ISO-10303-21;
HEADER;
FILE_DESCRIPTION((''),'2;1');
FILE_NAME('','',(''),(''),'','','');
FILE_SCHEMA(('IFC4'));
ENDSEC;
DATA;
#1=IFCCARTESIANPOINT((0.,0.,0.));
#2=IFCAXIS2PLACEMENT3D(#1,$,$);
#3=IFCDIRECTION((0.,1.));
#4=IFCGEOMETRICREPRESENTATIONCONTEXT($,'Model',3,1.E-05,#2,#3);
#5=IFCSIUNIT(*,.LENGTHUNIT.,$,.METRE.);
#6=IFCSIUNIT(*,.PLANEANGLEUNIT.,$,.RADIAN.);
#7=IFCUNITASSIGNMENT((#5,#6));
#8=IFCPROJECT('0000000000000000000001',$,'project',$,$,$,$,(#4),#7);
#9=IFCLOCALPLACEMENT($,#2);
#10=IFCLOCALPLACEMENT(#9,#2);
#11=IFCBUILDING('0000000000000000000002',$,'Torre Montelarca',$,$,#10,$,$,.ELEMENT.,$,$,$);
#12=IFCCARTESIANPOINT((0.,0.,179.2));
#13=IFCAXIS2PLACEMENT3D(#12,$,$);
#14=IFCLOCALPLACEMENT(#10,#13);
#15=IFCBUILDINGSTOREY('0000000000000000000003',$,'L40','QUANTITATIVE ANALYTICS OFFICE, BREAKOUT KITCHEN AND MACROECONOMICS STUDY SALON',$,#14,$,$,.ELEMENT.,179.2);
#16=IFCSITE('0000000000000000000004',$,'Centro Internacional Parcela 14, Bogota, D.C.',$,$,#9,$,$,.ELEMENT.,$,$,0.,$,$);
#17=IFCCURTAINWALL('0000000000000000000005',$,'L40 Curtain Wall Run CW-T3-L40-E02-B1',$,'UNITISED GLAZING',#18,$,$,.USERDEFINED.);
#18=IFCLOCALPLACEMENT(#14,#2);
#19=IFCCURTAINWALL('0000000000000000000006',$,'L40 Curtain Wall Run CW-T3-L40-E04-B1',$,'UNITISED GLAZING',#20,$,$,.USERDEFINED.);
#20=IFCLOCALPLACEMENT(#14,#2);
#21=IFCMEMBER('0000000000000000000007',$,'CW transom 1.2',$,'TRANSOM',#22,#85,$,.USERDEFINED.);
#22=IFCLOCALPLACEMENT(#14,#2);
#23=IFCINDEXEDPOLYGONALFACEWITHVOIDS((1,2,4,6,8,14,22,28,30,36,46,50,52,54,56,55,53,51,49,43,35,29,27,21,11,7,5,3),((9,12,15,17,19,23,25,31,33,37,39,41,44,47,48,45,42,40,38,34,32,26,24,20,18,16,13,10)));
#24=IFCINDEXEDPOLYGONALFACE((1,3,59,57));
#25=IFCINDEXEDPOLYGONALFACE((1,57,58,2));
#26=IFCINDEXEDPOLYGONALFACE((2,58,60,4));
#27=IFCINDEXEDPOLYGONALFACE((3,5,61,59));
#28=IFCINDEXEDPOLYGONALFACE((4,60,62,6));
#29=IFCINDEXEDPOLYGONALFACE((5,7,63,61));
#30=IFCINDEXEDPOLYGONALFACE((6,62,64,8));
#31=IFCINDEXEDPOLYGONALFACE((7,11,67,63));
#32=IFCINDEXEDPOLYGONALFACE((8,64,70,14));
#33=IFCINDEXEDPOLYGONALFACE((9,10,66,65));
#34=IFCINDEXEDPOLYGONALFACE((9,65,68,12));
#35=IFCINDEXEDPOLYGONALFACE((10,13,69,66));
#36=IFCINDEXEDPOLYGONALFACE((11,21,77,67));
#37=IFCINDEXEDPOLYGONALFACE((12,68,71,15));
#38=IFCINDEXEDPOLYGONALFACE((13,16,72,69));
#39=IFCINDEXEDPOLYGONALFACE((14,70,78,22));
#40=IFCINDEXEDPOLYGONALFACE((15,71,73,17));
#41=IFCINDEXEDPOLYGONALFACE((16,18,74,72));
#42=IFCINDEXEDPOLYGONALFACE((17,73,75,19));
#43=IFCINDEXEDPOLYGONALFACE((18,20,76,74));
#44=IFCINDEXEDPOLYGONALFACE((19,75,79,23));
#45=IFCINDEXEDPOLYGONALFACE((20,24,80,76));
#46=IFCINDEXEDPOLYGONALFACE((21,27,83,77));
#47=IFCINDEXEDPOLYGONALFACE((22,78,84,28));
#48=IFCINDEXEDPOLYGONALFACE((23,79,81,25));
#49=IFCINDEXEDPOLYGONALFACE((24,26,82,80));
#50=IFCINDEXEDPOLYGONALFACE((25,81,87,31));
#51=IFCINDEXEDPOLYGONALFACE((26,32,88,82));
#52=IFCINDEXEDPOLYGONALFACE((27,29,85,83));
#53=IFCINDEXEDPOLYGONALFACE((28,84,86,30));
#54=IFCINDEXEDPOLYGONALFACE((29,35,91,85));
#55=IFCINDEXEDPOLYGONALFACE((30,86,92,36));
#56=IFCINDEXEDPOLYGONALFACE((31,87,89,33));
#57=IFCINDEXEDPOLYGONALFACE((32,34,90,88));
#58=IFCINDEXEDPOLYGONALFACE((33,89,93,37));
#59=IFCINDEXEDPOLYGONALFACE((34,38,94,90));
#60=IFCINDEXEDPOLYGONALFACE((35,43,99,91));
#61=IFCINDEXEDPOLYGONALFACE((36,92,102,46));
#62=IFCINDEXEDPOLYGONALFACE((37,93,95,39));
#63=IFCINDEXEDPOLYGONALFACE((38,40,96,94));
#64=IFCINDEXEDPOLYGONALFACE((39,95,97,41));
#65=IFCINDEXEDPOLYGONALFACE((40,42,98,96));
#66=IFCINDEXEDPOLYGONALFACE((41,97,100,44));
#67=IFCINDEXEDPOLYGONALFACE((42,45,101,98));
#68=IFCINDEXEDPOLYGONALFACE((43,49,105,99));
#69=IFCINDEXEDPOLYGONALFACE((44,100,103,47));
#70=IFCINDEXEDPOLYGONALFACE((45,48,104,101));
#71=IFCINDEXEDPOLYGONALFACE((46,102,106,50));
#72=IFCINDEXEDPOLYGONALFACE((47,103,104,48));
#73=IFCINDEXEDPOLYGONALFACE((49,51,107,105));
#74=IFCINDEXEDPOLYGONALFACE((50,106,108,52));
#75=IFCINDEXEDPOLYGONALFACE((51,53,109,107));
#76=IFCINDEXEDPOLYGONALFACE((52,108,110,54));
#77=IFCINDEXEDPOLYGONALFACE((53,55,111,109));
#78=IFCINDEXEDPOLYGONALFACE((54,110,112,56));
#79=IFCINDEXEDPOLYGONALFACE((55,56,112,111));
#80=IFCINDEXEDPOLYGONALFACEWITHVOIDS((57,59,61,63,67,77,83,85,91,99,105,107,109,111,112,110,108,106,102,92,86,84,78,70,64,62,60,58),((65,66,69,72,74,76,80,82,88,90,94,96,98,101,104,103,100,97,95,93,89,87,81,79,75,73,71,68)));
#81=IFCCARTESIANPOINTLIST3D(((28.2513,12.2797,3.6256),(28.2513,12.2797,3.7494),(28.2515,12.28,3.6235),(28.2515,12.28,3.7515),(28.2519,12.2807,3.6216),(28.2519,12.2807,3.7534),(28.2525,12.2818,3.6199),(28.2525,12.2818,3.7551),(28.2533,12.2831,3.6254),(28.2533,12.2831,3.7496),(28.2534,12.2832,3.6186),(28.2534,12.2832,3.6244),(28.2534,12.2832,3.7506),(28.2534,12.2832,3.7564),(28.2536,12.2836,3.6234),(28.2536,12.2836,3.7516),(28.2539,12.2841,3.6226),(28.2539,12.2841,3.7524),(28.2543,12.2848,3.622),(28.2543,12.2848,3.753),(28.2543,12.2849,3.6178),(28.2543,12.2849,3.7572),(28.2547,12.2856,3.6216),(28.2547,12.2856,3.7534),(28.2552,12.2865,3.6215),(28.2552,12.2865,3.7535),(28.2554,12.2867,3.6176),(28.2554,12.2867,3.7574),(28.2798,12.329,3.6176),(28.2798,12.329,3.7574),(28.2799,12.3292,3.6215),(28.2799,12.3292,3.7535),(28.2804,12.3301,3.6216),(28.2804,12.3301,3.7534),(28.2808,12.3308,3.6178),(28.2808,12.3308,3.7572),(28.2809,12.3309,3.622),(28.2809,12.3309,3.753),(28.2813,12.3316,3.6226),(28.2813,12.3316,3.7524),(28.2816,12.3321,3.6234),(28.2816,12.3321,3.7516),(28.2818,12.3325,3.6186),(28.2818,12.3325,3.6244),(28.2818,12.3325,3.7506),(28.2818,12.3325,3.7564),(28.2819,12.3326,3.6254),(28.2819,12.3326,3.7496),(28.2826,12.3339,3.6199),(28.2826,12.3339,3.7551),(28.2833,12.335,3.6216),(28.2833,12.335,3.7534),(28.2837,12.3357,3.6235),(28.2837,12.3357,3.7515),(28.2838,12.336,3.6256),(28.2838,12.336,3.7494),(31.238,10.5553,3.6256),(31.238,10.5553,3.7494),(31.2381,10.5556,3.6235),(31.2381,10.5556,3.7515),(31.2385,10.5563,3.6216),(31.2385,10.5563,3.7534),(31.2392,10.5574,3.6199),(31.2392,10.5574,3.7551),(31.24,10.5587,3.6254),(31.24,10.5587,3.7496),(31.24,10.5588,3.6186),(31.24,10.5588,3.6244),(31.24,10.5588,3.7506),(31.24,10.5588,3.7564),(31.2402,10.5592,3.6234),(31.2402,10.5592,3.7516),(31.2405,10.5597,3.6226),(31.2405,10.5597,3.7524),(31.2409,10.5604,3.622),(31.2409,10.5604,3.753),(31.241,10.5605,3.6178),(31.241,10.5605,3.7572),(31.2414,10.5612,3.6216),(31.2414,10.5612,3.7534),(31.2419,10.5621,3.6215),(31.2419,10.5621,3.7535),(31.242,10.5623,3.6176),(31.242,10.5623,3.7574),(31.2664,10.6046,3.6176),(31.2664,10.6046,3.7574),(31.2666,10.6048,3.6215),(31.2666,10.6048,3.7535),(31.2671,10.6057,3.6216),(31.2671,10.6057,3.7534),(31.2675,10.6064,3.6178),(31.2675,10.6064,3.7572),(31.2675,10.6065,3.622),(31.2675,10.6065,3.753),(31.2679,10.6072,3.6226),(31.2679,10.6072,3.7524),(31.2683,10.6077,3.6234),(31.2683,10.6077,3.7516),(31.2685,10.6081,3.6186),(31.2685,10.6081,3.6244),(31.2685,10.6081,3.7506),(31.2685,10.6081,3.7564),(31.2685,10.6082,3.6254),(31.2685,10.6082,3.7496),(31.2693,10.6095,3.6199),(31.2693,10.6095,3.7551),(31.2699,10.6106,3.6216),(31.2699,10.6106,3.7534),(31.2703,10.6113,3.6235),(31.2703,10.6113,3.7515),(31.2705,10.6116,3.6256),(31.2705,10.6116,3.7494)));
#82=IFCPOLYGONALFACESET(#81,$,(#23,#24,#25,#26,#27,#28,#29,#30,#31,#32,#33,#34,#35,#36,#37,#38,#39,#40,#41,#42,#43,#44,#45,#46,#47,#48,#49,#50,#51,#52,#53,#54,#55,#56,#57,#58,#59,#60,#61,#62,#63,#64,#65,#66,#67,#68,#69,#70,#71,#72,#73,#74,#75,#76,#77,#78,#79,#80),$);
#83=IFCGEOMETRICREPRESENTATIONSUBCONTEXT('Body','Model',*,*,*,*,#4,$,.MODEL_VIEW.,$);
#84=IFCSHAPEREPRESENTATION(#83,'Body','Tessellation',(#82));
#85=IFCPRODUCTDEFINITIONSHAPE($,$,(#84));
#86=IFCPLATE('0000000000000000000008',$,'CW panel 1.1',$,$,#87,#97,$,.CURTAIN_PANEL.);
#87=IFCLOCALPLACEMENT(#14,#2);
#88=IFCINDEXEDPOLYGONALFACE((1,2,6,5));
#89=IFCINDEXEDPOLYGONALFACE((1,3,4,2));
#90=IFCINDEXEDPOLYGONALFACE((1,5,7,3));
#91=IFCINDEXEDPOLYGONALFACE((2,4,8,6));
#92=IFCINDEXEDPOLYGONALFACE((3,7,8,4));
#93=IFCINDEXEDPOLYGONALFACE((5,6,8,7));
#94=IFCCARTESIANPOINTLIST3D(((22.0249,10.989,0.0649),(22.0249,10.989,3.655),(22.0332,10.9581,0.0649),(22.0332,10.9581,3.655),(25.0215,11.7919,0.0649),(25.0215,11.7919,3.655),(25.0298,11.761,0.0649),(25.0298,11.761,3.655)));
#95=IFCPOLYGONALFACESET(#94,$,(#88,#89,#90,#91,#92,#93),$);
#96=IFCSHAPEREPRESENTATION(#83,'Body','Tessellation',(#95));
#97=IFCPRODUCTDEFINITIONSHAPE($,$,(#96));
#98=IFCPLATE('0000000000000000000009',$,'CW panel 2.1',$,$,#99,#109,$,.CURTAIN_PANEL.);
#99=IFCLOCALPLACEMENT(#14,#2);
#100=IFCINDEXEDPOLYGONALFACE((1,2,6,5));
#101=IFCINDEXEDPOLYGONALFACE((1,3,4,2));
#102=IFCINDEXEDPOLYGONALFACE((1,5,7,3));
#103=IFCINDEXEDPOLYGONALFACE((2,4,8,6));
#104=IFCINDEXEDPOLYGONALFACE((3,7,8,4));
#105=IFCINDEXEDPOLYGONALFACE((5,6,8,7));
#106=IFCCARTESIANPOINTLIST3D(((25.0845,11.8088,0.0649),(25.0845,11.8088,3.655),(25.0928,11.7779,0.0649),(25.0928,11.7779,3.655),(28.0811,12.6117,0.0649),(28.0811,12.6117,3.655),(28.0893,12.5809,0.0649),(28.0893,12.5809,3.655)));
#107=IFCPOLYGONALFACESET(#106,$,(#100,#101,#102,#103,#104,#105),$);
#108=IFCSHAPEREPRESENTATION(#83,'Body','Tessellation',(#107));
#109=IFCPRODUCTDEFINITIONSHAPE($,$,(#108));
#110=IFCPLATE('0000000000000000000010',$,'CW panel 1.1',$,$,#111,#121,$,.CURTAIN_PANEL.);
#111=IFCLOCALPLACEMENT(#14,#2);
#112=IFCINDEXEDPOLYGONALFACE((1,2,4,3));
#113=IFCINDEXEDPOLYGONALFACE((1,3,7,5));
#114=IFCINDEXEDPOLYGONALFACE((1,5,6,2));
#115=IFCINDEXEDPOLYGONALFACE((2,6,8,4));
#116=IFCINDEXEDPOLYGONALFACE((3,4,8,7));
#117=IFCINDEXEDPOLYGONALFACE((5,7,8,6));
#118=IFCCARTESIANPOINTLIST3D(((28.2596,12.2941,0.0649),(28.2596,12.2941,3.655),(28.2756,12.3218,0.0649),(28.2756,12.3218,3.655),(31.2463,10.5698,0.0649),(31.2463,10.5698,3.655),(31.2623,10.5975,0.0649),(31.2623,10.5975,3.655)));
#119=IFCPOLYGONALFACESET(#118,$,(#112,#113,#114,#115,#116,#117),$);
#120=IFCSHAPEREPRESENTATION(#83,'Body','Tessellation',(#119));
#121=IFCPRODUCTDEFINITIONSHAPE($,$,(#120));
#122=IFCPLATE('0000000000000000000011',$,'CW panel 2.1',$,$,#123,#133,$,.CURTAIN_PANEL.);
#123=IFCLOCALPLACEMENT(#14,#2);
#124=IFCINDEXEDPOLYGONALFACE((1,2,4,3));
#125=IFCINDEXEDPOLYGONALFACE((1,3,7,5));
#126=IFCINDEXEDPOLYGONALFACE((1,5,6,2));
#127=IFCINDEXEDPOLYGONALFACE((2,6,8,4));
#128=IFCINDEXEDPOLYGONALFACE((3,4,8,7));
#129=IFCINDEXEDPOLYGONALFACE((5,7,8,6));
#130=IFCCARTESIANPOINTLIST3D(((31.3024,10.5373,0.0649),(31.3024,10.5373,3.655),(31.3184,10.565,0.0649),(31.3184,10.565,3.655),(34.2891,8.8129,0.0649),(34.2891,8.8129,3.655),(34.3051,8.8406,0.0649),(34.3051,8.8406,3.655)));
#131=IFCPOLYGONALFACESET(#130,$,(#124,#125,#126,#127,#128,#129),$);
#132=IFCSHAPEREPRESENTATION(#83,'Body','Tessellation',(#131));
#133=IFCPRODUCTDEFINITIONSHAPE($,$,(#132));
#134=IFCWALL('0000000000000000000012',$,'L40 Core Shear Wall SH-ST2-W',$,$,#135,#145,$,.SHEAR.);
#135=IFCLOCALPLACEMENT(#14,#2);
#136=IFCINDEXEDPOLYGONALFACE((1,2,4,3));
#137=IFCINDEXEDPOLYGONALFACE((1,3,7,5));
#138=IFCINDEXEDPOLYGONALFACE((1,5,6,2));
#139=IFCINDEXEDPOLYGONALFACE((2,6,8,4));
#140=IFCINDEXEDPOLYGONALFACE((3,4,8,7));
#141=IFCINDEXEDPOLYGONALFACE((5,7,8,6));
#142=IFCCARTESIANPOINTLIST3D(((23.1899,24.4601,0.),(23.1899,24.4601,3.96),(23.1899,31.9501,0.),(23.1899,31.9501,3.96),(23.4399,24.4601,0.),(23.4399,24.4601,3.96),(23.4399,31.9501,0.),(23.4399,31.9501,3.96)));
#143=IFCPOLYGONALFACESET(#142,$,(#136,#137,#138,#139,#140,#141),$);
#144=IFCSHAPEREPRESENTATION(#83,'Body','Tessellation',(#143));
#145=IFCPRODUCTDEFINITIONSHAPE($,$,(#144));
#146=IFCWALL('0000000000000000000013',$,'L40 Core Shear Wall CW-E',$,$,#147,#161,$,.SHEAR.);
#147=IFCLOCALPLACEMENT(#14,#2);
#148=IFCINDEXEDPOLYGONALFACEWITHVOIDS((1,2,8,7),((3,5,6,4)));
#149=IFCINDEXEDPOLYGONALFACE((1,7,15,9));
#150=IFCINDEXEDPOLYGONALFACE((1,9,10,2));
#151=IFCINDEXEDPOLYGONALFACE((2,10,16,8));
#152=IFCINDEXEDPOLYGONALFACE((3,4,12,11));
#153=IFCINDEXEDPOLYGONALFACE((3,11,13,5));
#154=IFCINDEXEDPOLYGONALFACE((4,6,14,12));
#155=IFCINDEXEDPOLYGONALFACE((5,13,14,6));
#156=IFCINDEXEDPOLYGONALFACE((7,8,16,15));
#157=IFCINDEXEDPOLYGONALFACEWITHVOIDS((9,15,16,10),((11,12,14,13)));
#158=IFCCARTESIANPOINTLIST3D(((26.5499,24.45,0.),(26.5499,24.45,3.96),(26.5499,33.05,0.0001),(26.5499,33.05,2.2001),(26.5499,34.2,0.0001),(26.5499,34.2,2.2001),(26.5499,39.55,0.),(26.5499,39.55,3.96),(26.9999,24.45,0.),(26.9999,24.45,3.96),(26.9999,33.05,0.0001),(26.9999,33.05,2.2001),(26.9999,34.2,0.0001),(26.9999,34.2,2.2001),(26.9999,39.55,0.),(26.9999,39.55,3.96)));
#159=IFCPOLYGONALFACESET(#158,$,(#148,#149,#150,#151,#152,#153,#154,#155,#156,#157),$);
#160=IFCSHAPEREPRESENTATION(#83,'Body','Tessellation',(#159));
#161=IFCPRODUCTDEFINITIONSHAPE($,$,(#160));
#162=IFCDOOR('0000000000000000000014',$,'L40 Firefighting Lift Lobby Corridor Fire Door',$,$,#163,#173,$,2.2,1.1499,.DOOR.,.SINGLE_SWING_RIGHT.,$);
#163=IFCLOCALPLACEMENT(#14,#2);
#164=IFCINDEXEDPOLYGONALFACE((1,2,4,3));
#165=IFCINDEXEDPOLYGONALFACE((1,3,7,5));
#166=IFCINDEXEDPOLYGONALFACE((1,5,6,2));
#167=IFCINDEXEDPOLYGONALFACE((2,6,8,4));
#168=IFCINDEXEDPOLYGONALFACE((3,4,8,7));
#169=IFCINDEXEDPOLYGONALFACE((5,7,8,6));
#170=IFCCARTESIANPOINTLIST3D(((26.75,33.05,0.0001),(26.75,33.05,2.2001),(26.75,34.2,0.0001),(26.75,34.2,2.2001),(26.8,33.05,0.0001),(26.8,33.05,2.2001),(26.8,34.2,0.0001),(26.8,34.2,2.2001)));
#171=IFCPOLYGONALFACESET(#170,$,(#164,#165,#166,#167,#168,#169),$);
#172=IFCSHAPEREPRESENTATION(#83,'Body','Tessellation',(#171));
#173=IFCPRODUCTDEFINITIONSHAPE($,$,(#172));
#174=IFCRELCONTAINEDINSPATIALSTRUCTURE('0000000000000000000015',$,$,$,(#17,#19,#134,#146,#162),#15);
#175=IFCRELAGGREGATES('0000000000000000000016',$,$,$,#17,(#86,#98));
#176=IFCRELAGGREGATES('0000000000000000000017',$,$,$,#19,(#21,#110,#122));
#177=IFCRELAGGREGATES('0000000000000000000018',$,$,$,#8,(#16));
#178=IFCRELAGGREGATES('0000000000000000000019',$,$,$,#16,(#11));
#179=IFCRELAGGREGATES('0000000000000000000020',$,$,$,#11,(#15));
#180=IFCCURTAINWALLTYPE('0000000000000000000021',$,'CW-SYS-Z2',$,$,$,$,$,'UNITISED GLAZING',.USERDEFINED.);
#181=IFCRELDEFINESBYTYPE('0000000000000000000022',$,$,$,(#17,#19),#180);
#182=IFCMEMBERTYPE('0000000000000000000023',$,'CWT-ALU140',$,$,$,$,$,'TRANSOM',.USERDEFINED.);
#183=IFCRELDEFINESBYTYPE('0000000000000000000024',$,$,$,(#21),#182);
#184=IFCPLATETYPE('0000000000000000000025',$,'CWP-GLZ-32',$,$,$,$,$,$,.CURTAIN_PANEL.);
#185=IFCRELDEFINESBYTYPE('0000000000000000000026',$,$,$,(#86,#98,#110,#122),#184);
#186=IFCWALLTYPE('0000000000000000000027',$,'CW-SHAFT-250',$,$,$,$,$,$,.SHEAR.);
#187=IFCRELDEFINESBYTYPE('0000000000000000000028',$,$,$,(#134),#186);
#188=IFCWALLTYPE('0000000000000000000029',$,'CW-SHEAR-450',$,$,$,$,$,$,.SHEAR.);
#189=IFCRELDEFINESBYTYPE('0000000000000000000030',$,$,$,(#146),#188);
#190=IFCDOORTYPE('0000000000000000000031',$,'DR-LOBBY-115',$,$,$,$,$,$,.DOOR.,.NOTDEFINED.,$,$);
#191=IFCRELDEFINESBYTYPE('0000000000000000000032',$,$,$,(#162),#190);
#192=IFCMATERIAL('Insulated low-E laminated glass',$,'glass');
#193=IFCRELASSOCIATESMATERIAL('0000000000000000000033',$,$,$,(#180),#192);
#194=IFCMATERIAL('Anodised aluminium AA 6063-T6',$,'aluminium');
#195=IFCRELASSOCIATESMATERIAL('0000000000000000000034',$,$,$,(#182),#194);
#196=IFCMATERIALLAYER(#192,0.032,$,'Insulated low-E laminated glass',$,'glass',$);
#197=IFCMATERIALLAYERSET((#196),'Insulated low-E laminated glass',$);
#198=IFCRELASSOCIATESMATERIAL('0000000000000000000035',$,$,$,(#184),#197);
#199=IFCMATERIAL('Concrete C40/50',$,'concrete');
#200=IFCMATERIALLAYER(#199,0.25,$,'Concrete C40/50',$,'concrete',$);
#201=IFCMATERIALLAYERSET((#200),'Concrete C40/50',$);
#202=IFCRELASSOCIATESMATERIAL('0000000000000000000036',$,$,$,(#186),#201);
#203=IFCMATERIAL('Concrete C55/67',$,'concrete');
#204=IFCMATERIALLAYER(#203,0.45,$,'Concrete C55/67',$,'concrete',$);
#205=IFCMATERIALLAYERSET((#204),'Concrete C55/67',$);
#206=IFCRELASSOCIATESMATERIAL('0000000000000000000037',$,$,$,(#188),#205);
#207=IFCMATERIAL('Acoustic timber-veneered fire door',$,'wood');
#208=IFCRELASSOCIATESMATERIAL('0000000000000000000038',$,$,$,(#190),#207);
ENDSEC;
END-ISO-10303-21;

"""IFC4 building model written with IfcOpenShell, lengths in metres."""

from ifc_helpers import new_model, si_unit, direction, frame, frame_2d, origin, origin_2d, place, context, subcontext, project, spatial, rectangle, hollow_rectangle, extrude, source, transform, mapped, material, layer, layer_set, material_profile, profile_set, type_object, element, fill, aggregate, save


model = new_model("IFC4")

# Units and contexts
model_context = context("Model", 3, precision=1e-05, world=origin(), true_north=direction((0.0, 1.0)))
body_context = subcontext(model_context, "Body", "Model", "MODEL_VIEW")
ifc_project = project(units=[si_unit("LENGTHUNIT", "METRE"), si_unit("PLANEANGLEUNIT", "RADIAN")], contexts=[model_context])

# Site, building, storey
site_placement = place(None, origin())
site = spatial("IfcSite", under=ifc_project, at=site_placement, Name="Centro Internacional Parcela 14, Bogota, D.C.", CompositionType="ELEMENT", RefElevation=0.0)
building_placement = place(site_placement, origin())
building = spatial("IfcBuilding", under=site, at=building_placement, Name="Torre Montelarca", CompositionType="ELEMENT")
storey_placement = place(building_placement, frame((0.0, 0.0, 179.2)))
storey = spatial("IfcBuildingStorey", under=building, at=storey_placement, Name="L40", Description="QUANTITATIVE ANALYTICS OFFICE, BREAKOUT KITCHEN AND MACROECONOMICS STUDY SALON", CompositionType="ELEMENT", Elevation=179.2)

# Shared definitions
ifc_material_1 = material(Name="Concrete C55/67", Category="concrete")

# Curtain wall
ifc_material_2 = material(Name="Insulated low-E laminated glass", Category="glass")
curtain_wall_type = type_object("IfcCurtainWallType", Name="CW-SYS-Z2", ElementType="UNITISED GLAZING", PredefinedType="USERDEFINED", material=ifc_material_2)
curtain_wall_1_placement = place(storey_placement, origin())
curtain_wall_1 = element("IfcCurtainWall", 1, at=curtain_wall_1_placement, inside=storey, type_object=curtain_wall_type, Name="L40 Curtain Wall Run CW-T3-L40-E02-B1", ObjectType="UNITISED GLAZING", PredefinedType="USERDEFINED")
ifc_material_3 = material(Name="Anodised aluminium AA 6063-T6", Category="aluminium")
ifc_material_profile_1 = material_profile(ifc_material_3, hollow_rectangle(XDim=0.0649, YDim=0.1399, WallThickness=0.0039, InnerFilletRadius=0.0039, OuterFilletRadius=0.0081, at=origin_2d()), Name="ALU65X140X4", Category="aluminium")
ifc_profile_set_1 = profile_set([ifc_material_profile_1], Name="Anodised aluminium AA 6063-T6")
member_type_1 = type_object("IfcMemberType", Name="CWT-ALU140", ElementType="TRANSOM", PredefinedType="USERDEFINED", material=ifc_profile_set_1)

# Curtain wall
curtain_wall_2_placement = place(storey_placement, origin())
curtain_wall_2 = element("IfcCurtainWall", 2, at=curtain_wall_2_placement, inside=storey, type_object=curtain_wall_type, Name="L40 Curtain Wall Run CW-T3-L40-E04-B1", ObjectType="UNITISED GLAZING", PredefinedType="USERDEFINED")

# Member
shared_shape_1 = source(origin(), body_context, "Body", "SweptSolid", [
    extrude(hollow_rectangle(XDim=0.0649, YDim=0.1399, WallThickness=0.0039, InnerFilletRadius=0.0039, OuterFilletRadius=0.0081, at=origin_2d()), origin(), (0.0, 0.0, 1.0), 3.4487),
])
member_1_placement = place(storey_placement, frame((28.2676, 12.3079, 3.6875), z_axis=(0.866017, -0.500015, 0.0), x_axis=(0.500015, 0.866017, 0.0)))
member_1 = element("IfcMember", 3, at=member_1_placement, type_object=member_type_1, Name="CW transom 1.2", ObjectType="TRANSOM", PredefinedType="USERDEFINED", context=body_context, shape_type="MappedRepresentation", body=[
    mapped(shared_shape_1, transform((0.0, 0.0, 0.0), scale=1.0)),
])

# Plates
ifc_layer_1 = layer(ifc_material_2, 0.032, Name="Insulated low-E laminated glass", Category="glass")
ifc_layer_set_1 = layer_set([ifc_layer_1], Name="Insulated low-E laminated glass")
plate_type = type_object("IfcPlateType", Name="CWP-GLZ-32", PredefinedType="CURTAIN_PANEL", material=ifc_layer_set_1)
shared_shape_2 = source(origin(), body_context, "Body", "SweptSolid", [
    extrude(rectangle(XDim=3.1023, YDim=0.032, at=origin_2d()), origin(), (0.0, 0.0, 1.0), 3.5901),
])
plate_1_placement = place(storey_placement, frame((23.5273, 11.375, 0.0649), z_axis=(0.0, 0.0, 1.0), x_axis=(0.965924, 0.258826, 0.0)))
plate_1 = element("IfcPlate", 4, at=plate_1_placement, type_object=plate_type, Name="CW panel 1.1", PredefinedType="CURTAIN_PANEL", context=body_context, shape_type="MappedRepresentation", body=[
    mapped(shared_shape_2, transform((0.0, 0.0, 0.0), scale=1.0)),
])
plate_2_placement = place(storey_placement, frame((26.5869, 12.1948, 0.0649), z_axis=(0.0, 0.0, 1.0), x_axis=(0.965924, 0.258826, 0.0)))
plate_2 = element("IfcPlate", 5, at=plate_2_placement, type_object=plate_type, Name="CW panel 2.1", PredefinedType="CURTAIN_PANEL", context=body_context, shape_type="MappedRepresentation", body=[
    mapped(shared_shape_2, transform((0.0, 0.0, 0.0), scale=1.0)),
])
aggregate(curtain_wall_1, [plate_1, plate_2])
shared_shape_3 = source(origin(), body_context, "Body", "SweptSolid", [
    extrude(rectangle(XDim=3.4487, YDim=0.032, at=origin_2d()), origin(), (0.0, 0.0, 1.0), 3.5901),
])
plate_3_placement = place(storey_placement, frame((29.761, 11.4458, 0.0649), z_axis=(0.0, 0.0, 1.0), x_axis=(0.866028, -0.499995, 0.0)))
plate_3 = element("IfcPlate", 6, at=plate_3_placement, type_object=plate_type, Name="CW panel 1.1", PredefinedType="CURTAIN_PANEL", context=body_context, shape_type="MappedRepresentation", body=[
    mapped(shared_shape_3, transform((0.0, 0.0, 0.0), scale=1.0)),
])
plate_4_placement = place(storey_placement, frame((32.8037, 9.689, 0.0649), z_axis=(0.0, 0.0, 1.0), x_axis=(0.866028, -0.499995, 0.0)))
plate_4 = element("IfcPlate", 7, at=plate_4_placement, type_object=plate_type, Name="CW panel 2.1", PredefinedType="CURTAIN_PANEL", context=body_context, shape_type="MappedRepresentation", body=[
    mapped(shared_shape_3, transform((0.0, 0.0, 0.0), scale=1.0)),
])
aggregate(curtain_wall_2, [member_1, plate_3, plate_4])

# Wall
ifc_material_4 = material(Name="Concrete C40/50", Category="concrete")
ifc_layer_2 = layer(ifc_material_4, 0.25, Name="Concrete C40/50", Category="concrete")
ifc_layer_set_2 = layer_set([ifc_layer_2], Name="Concrete C40/50")
wall_type_1 = type_object("IfcWallType", Name="CW-SHAFT-250", PredefinedType="SHEAR", material=ifc_layer_set_2)
wall_1_placement = place(storey_placement, frame((23.3149, 24.46, 0.0), z_axis=(0.0, 0.0, 1.0), x_axis=(0.0, 1.0, 0.0)))
element("IfcWall", 8, at=wall_1_placement, inside=storey, type_object=wall_type_1, Name="L40 Core Shear Wall SH-ST2-W", PredefinedType="SHEAR", context=body_context, shape_type="SweptSolid", body=[
    extrude(rectangle(XDim=7.49, YDim=0.25, at=frame_2d((3.7451, 0.0))), origin(), (0.0, 0.0, 1.0), 3.96),
])

# Wall, opening, door
ifc_layer_3 = layer(ifc_material_1, 0.45, Name="Concrete C55/67", Category="concrete")
ifc_layer_set_3 = layer_set([ifc_layer_3], Name="Concrete C55/67")
wall_type_2 = type_object("IfcWallType", Name="CW-SHEAR-450", PredefinedType="SHEAR", material=ifc_layer_set_3)
wall_2_placement = place(storey_placement, frame((26.7749, 24.45, 0.0), z_axis=(0.0, 0.0, 1.0), x_axis=(0.0, 1.0, 0.0)))
wall_2 = element("IfcWall", 9, at=wall_2_placement, inside=storey, type_object=wall_type_2, Name="L40 Core Shear Wall CW-E", PredefinedType="SHEAR", context=body_context, shape_type="SweptSolid", body=[
    extrude(rectangle(XDim=15.1001, YDim=0.45, at=frame_2d((7.55, 0.0))), origin(), (0.0, 0.0, 1.0), 3.96),
])
opening_placement = place(wall_2_placement, frame((8.6001, 0.0, 0.0)))
opening = element("IfcOpeningElement", 10, at=opening_placement, cuts=wall_2, PredefinedType="OPENING", context=body_context, shape_type="SweptSolid", body=[
    extrude(rectangle(XDim=1.1499, YDim=2.2, at=frame_2d((0.575, 1.1001))), frame((0.0, 0.2349, 0.0), z_axis=(0.0, -1.0, 0.0), x_axis=(1.0, 0.0, 0.0)), (0.0, 0.0, 1.0), 0.47),
])
ifc_material_5 = material(Name="Acoustic timber-veneered fire door", Category="wood")
door_type = type_object("IfcDoorType", Name="DR-LOBBY-115", OperationType="NOTDEFINED", PredefinedType="DOOR", material=ifc_material_5)
shared_shape_4 = source(origin(), body_context, "Body", "SweptSolid", [
    extrude(rectangle(XDim=1.1499, YDim=2.2, at=frame_2d((0.575, 1.1001))), frame((0.0, 0.0249, 0.0), z_axis=(0.0, -1.0, 0.0), x_axis=(1.0, 0.0, 0.0)), (0.0, 0.0, 1.0), 0.05),
])
door_placement = place(opening_placement, origin())
door = element("IfcDoor", 11, at=door_placement, inside=storey, type_object=door_type, Name="L40 Firefighting Lift Lobby Corridor Fire Door", OperationType="SINGLE_SWING_RIGHT", OverallHeight=2.2, OverallWidth=1.1499, PredefinedType="DOOR", context=body_context, shape_type="MappedRepresentation", body=[
    mapped(shared_shape_4, transform((0.0, 0.0, 0.0), scale=1.0)),
])
fill(opening, door)

save(model, "model.ifc")
